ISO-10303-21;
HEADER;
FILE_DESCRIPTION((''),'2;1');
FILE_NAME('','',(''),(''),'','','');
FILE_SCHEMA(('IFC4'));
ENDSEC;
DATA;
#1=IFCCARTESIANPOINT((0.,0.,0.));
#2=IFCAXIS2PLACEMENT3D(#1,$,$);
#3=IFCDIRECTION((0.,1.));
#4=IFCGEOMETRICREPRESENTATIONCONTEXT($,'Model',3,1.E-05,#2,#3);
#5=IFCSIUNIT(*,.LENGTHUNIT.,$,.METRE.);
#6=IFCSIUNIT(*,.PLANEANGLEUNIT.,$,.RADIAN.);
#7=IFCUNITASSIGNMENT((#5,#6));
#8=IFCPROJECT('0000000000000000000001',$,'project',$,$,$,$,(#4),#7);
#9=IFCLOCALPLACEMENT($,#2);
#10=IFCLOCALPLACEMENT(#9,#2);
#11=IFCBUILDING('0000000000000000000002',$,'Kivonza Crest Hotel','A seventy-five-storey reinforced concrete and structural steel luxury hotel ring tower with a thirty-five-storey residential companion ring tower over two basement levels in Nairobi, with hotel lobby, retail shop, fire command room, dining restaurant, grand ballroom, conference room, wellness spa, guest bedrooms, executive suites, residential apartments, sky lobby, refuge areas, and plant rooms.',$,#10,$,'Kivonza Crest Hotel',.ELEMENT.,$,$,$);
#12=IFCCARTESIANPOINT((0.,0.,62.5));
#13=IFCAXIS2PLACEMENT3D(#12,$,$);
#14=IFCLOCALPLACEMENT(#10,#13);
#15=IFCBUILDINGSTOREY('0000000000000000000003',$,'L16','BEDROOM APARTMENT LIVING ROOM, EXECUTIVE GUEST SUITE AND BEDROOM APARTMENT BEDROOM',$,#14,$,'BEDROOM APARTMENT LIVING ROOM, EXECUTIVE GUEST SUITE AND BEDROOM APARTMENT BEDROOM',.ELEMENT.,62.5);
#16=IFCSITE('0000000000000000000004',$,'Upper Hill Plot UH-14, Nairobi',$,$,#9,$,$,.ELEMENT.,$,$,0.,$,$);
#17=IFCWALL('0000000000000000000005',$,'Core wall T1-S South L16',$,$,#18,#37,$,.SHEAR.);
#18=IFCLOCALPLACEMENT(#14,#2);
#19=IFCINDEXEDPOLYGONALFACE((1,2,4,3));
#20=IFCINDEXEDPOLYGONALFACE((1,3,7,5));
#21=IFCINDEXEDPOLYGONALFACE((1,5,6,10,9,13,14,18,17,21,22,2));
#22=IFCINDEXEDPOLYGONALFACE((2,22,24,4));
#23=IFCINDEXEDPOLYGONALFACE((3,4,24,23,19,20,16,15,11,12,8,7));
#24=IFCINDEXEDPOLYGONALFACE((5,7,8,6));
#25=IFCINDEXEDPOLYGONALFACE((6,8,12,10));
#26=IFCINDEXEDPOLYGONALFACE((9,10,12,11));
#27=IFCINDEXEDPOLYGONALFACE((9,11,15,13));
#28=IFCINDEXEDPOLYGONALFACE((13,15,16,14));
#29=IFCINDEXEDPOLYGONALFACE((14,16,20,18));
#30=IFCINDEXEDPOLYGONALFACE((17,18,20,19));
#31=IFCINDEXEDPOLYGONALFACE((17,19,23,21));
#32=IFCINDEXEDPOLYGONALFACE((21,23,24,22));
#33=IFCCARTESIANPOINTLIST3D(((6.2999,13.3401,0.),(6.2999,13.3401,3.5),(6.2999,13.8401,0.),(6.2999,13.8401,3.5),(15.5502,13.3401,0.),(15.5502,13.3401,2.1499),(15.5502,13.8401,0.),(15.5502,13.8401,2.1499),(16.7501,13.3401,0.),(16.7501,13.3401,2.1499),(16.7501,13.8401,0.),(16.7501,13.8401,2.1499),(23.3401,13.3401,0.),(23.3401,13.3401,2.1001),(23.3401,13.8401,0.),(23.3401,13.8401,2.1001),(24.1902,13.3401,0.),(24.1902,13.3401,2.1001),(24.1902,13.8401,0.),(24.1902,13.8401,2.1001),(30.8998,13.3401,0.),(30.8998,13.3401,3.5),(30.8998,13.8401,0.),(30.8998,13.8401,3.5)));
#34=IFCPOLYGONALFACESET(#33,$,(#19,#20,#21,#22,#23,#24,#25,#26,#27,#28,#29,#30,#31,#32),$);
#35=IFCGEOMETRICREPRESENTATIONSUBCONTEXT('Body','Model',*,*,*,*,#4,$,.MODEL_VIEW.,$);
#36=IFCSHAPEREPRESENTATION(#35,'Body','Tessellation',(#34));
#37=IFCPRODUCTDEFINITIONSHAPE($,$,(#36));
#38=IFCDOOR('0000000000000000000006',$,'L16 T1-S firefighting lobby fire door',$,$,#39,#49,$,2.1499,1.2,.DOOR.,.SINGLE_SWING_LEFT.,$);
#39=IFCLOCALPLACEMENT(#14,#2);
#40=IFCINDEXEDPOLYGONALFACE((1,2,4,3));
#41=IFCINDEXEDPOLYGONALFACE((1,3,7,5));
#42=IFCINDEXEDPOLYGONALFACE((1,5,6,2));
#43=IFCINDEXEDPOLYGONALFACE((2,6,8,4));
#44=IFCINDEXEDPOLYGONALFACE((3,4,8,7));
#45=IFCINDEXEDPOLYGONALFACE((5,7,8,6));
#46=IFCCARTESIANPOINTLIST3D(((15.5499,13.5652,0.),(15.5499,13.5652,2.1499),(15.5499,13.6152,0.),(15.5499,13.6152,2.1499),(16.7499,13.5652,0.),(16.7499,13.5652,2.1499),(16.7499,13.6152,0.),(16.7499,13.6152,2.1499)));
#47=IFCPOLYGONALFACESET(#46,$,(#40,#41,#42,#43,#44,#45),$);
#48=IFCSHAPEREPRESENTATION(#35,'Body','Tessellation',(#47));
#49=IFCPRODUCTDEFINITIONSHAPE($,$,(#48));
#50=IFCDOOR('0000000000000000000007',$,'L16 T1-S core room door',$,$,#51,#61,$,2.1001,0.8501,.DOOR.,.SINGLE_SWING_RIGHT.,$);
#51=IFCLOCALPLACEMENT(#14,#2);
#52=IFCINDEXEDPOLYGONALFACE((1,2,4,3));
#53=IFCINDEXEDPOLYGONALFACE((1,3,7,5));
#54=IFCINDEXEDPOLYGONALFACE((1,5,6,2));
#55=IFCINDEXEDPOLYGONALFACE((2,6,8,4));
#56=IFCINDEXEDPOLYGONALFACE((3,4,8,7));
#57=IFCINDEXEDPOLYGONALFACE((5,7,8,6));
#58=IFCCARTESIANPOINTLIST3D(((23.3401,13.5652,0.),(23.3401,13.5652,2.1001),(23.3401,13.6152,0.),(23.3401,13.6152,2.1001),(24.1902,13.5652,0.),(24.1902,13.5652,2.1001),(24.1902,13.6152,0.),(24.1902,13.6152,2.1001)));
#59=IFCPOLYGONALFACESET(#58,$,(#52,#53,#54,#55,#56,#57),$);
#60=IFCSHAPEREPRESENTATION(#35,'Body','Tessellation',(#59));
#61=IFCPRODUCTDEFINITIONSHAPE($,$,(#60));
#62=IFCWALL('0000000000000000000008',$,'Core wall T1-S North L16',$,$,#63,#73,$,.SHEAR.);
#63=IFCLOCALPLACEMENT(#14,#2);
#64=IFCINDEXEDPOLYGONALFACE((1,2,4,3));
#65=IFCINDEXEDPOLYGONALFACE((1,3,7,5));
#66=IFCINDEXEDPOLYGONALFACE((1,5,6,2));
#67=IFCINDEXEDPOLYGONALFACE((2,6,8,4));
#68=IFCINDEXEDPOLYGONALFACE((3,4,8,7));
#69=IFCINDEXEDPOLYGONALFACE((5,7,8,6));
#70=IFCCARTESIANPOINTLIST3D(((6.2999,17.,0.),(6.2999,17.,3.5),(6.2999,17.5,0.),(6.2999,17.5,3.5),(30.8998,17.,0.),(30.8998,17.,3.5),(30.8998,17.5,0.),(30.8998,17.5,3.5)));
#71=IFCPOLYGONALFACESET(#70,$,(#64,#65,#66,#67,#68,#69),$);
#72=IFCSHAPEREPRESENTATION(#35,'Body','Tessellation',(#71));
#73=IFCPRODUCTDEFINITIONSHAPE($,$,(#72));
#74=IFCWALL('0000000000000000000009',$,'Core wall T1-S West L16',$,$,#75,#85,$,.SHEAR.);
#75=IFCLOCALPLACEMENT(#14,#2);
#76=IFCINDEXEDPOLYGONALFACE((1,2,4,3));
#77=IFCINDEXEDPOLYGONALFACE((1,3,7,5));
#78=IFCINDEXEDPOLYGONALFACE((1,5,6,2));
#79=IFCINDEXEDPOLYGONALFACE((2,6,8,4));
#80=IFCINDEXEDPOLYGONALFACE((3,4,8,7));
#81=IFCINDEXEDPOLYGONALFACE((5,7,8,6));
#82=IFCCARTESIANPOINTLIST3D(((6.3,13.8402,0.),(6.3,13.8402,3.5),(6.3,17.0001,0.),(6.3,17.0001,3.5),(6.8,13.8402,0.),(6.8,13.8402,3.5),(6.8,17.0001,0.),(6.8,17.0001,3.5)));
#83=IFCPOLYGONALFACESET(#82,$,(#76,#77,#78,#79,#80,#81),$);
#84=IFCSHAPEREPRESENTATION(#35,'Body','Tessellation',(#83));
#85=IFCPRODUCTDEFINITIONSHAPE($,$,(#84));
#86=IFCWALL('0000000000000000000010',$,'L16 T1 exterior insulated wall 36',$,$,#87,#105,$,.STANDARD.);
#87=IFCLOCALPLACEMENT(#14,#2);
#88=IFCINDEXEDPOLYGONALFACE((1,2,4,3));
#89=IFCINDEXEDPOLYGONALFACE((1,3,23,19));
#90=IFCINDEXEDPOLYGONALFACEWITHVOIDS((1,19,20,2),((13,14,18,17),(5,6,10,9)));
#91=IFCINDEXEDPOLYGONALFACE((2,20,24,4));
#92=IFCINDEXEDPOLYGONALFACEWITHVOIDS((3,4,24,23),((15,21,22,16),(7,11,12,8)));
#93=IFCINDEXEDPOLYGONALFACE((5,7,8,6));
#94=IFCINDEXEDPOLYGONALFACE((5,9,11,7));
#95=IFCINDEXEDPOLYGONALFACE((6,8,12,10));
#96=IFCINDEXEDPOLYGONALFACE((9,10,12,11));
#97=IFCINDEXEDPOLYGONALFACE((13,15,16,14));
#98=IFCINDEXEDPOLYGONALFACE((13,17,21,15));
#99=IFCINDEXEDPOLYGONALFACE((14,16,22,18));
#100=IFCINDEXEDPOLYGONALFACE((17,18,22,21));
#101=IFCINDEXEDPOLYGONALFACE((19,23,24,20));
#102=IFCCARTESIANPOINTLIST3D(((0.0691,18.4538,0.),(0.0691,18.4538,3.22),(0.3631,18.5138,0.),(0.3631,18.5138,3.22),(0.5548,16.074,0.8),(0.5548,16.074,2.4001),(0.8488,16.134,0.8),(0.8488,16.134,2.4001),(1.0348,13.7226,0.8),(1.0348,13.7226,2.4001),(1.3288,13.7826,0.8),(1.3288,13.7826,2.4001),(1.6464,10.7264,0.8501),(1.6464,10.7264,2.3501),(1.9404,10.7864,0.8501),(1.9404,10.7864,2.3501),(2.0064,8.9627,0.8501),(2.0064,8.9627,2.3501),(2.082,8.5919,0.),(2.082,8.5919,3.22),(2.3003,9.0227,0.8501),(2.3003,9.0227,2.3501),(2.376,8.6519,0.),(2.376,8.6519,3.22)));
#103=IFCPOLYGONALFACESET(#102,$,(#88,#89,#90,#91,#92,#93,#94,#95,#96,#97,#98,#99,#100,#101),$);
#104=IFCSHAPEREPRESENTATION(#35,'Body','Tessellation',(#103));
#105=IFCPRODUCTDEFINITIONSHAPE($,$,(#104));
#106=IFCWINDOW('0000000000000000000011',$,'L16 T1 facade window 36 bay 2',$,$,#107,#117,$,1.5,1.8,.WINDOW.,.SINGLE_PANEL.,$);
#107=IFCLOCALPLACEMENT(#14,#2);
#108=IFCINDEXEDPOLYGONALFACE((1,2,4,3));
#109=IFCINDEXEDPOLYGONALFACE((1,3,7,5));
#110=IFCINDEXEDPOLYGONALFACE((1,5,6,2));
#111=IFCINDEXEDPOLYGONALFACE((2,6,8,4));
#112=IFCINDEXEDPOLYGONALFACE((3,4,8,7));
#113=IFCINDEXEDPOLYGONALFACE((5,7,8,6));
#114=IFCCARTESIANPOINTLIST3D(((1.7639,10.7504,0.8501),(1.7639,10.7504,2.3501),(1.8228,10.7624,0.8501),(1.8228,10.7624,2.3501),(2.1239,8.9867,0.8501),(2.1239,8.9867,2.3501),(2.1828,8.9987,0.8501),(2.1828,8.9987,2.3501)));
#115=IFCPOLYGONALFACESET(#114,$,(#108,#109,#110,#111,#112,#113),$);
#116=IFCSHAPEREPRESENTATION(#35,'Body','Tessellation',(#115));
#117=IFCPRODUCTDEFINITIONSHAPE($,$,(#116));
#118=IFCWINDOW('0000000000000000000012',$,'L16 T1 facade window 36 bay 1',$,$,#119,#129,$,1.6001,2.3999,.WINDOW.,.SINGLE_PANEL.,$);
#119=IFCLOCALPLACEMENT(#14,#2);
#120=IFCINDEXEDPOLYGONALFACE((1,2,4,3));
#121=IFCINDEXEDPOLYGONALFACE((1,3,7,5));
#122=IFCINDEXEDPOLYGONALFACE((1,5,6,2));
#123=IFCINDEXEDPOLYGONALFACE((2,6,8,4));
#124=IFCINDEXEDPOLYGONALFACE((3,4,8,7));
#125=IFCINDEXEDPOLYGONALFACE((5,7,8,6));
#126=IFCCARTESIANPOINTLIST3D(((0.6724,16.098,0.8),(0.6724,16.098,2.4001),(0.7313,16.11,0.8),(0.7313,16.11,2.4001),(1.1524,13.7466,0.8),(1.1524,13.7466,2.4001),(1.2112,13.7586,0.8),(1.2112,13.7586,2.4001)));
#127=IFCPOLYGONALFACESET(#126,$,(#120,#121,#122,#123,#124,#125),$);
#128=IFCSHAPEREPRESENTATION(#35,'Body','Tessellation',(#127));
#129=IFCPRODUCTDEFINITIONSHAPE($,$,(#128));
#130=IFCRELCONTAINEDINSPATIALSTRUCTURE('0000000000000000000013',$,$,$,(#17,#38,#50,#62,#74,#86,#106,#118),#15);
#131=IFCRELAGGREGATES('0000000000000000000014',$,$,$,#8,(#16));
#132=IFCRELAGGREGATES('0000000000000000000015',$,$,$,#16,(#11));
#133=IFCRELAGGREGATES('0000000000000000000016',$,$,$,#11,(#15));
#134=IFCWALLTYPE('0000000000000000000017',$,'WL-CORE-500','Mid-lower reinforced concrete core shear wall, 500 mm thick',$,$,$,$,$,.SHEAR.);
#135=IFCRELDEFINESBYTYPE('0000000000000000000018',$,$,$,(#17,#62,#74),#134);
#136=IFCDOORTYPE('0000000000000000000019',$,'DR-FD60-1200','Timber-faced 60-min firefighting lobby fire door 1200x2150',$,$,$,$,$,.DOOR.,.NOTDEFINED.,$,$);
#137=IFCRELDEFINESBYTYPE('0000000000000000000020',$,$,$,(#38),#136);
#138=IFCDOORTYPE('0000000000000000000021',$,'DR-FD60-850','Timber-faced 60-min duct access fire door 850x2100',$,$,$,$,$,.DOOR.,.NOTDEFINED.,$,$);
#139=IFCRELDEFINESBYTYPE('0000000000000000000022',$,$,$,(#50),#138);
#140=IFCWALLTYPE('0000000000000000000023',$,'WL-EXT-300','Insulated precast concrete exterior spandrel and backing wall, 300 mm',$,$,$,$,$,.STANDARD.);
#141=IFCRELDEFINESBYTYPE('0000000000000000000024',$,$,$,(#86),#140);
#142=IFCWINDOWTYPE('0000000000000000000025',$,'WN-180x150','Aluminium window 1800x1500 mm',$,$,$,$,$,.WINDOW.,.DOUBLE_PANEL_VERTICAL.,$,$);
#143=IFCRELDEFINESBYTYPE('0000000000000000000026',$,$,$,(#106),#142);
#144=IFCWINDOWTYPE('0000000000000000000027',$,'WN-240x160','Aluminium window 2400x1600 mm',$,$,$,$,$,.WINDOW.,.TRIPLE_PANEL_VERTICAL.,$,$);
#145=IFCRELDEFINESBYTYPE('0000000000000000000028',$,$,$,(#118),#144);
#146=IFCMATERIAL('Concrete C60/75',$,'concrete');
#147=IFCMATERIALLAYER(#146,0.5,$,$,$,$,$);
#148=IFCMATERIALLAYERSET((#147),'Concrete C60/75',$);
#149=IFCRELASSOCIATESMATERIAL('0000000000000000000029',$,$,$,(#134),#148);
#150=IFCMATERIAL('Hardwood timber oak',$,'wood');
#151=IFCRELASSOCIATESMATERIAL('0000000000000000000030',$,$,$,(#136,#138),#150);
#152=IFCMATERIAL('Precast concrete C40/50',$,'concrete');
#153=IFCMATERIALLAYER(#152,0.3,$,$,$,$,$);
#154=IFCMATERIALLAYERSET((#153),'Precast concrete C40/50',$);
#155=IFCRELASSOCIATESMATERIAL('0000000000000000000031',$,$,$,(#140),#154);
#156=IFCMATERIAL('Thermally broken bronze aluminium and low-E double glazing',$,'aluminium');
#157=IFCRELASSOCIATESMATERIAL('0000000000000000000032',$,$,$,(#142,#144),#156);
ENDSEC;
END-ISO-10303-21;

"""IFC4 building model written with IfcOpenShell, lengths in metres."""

from ifc_helpers import new_model, si_unit, direction, frame, frame_2d, origin, place, context, subcontext, project, spatial, rectangle, extrude, material, layer, layer_set, type_object, element, fill, save


model = new_model("IFC4")

# Units and contexts
model_context = context("Model", 3, precision=1e-05, world=origin(), true_north=direction((0.0, 1.0)))
body_context = subcontext(model_context, "Body", "Model", "MODEL_VIEW")
ifc_project = project(units=[si_unit("LENGTHUNIT", "METRE"), si_unit("PLANEANGLEUNIT", "RADIAN")], contexts=[model_context])

# Site, building, storey
site_placement = place(None, origin())
site = spatial("IfcSite", under=ifc_project, at=site_placement, Name="Upper Hill Plot UH-14, Nairobi", CompositionType="ELEMENT", RefElevation=0.0)
building_placement = place(site_placement, origin())
building = spatial("IfcBuilding", under=site, at=building_placement, Name="Kivonza Crest Hotel", Description="A seventy-five-storey reinforced concrete and structural steel luxury hotel ring tower with a thirty-five-storey residential companion ring tower over two basement levels in Nairobi, with hotel lobby, retail shop, fire command room, dining restaurant, grand ballroom, conference room, wellness spa, guest bedrooms, executive suites, residential apartments, sky lobby, refuge areas, and plant rooms.", LongName="Kivonza Crest Hotel", CompositionType="ELEMENT")
storey_placement = place(building_placement, frame((0.0, 0.0, 62.5)))
storey = spatial("IfcBuildingStorey", under=building, at=storey_placement, Name="L16", Description="BEDROOM APARTMENT LIVING ROOM, EXECUTIVE GUEST SUITE AND BEDROOM APARTMENT BEDROOM", LongName="BEDROOM APARTMENT LIVING ROOM, EXECUTIVE GUEST SUITE AND BEDROOM APARTMENT BEDROOM", CompositionType="ELEMENT", Elevation=62.5)

# Shared definitions
ifc_material_1 = material(Name="Concrete C60/75", Category="concrete")

# Wall, openings, doors
ifc_layer_1 = layer(ifc_material_1, 0.5)
ifc_layer_set_1 = layer_set([ifc_layer_1], Name="Concrete C60/75")
wall_type_1 = type_object("IfcWallType", Name="WL-CORE-500", Description="Mid-lower reinforced concrete core shear wall, 500 mm thick", PredefinedType="SHEAR", material=ifc_layer_set_1)
wall_1_placement = place(storey_placement, frame((6.3, 13.5901, 0.0), z_axis=(0.0, 0.0, 1.0), x_axis=(1.0, 0.0, 0.0)))
wall_1 = element("IfcWall", 1, at=wall_1_placement, inside=storey, type_object=wall_type_1, Name="Core wall T1-S South L16", PredefinedType="SHEAR", context=body_context, shape_type="SweptSolid", body=[
    extrude(rectangle(XDim=24.5999, YDim=0.5, at=frame_2d((12.2998, 0.0))), origin(), (0.0, 0.0, 1.0), 3.5),
])
opening_1_placement = place(wall_1_placement, frame((9.25, 0.0, 0.0)))
opening_1 = element("IfcOpeningElement", 2, at=opening_1_placement, cuts=wall_1, PredefinedType="OPENING", context=body_context, shape_type="SweptSolid", body=[
    extrude(rectangle(XDim=1.2, YDim=2.1499, at=frame_2d((0.6001, 1.075))), frame((0.0, 0.26, 0.0), z_axis=(0.0, -1.0, 0.0), x_axis=(1.0, 0.0, 0.0)), (0.0, 0.0, 1.0), 0.52),
])
opening_2_placement = place(wall_1_placement, frame((17.04, 0.0, 0.0)))
opening_2 = element("IfcOpeningElement", 3, at=opening_2_placement, cuts=wall_1, PredefinedType="OPENING", context=body_context, shape_type="SweptSolid", body=[
    extrude(rectangle(XDim=0.8501, YDim=2.1001, at=frame_2d((0.425, 1.05))), frame((0.0, 0.26, 0.0), z_axis=(0.0, -1.0, 0.0), x_axis=(1.0, 0.0, 0.0)), (0.0, 0.0, 1.0), 0.52),
])
ifc_material_2 = material(Name="Hardwood timber oak", Category="wood")
door_type_1 = type_object("IfcDoorType", Name="DR-FD60-1200", Description="Timber-faced 60-min firefighting lobby fire door 1200x2150", OperationType="NOTDEFINED", PredefinedType="DOOR", material=ifc_material_2)
door_1_placement = place(opening_1_placement, frame((1.2, 0.0, 0.0), z_axis=(0.0, 0.0, 1.0), x_axis=(-1.0, 0.0, 0.0)))
door_1 = element("IfcDoor", 4, at=door_1_placement, inside=storey, type_object=door_type_1, Name="L16 T1-S firefighting lobby fire door", OperationType="SINGLE_SWING_LEFT", OverallHeight=2.1499, OverallWidth=1.2, PredefinedType="DOOR", context=body_context, shape_type="SweptSolid", body=[
    extrude(rectangle(XDim=1.2, YDim=2.1499, at=frame_2d((0.6001, 1.075))), frame((0.0, 0.0249, 0.0), z_axis=(0.0, -1.0, 0.0), x_axis=(1.0, 0.0, 0.0)), (0.0, 0.0, 1.0), 0.05),
])
fill(opening_1, door_1)
door_type_2 = type_object("IfcDoorType", Name="DR-FD60-850", Description="Timber-faced 60-min duct access fire door 850x2100", OperationType="NOTDEFINED", PredefinedType="DOOR", material=ifc_material_2)
door_2_placement = place(opening_2_placement, frame((0.8501, 0.0, 0.0), z_axis=(0.0, 0.0, 1.0), x_axis=(-1.0, 0.0, 0.0)))
door_2 = element("IfcDoor", 5, at=door_2_placement, inside=storey, type_object=door_type_2, Name="L16 T1-S core room door", OperationType="SINGLE_SWING_RIGHT", OverallHeight=2.1001, OverallWidth=0.8501, PredefinedType="DOOR", context=body_context, shape_type="SweptSolid", body=[
    extrude(rectangle(XDim=0.8501, YDim=2.1001, at=frame_2d((0.425, 1.05))), frame((0.0, 0.0249, 0.0), z_axis=(0.0, -1.0, 0.0), x_axis=(1.0, 0.0, 0.0)), (0.0, 0.0, 1.0), 0.05),
])
fill(opening_2, door_2)

# Walls
wall_2_placement = place(storey_placement, frame((6.3, 17.25, 0.0), z_axis=(0.0, 0.0, 1.0), x_axis=(1.0, 0.0, 0.0)))
element("IfcWall", 6, at=wall_2_placement, inside=storey, type_object=wall_type_1, Name="Core wall T1-S North L16", PredefinedType="SHEAR", context=body_context, shape_type="SweptSolid", body=[
    extrude(rectangle(XDim=24.5999, YDim=0.5, at=frame_2d((12.2998, 0.0))), origin(), (0.0, 0.0, 1.0), 3.5),
])
wall_3_placement = place(storey_placement, frame((6.55, 13.8401, 0.0), z_axis=(0.0, 0.0, 1.0), x_axis=(0.0, 1.0, 0.0)))
element("IfcWall", 7, at=wall_3_placement, inside=storey, type_object=wall_type_1, Name="Core wall T1-S West L16", PredefinedType="SHEAR", context=body_context, shape_type="SweptSolid", body=[
    extrude(rectangle(XDim=3.1599, YDim=0.5, at=frame_2d((1.5801, 0.0))), origin(), (0.0, 0.0, 1.0), 3.5),
])

# Wall, openings, windows
ifc_material_3 = material(Name="Precast concrete C40/50", Category="concrete")
ifc_layer_2 = layer(ifc_material_3, 0.3)
ifc_layer_set_2 = layer_set([ifc_layer_2], Name="Precast concrete C40/50")
wall_type_2 = type_object("IfcWallType", Name="WL-EXT-300", Description="Insulated precast concrete exterior spandrel and backing wall, 300 mm", PredefinedType="STANDARD", material=ifc_layer_set_2)
wall_4_placement = place(storey_placement, frame((0.2161, 18.4839, 0.0), z_axis=(0.0, 0.0, 1.0), x_axis=(0.199991, -0.979798, 0.0)))
wall_4 = element("IfcWall", 8, at=wall_4_placement, inside=storey, type_object=wall_type_2, Name="L16 T1 exterior insulated wall 36", PredefinedType="STANDARD", context=body_context, shape_type="SweptSolid", body=[
    extrude(rectangle(XDim=10.0652, YDim=0.3, at=frame_2d((5.0327, 0.0))), origin(), (0.0, 0.0, 1.0), 3.22),
])
opening_3_placement = place(wall_4_placement, frame((2.429, 0.0, 0.8)))
opening_3 = element("IfcOpeningElement", 9, at=opening_3_placement, cuts=wall_4, PredefinedType="OPENING", context=body_context, shape_type="SweptSolid", body=[
    extrude(rectangle(XDim=2.3999, YDim=1.6001, at=frame_2d((1.2, 0.8))), frame((0.0, 0.1602, 0.0), z_axis=(0.0, -1.0, 0.0), x_axis=(1.0, 0.0, 0.0)), (0.0, 0.0, 1.0), 0.3201),
])
opening_4_placement = place(wall_4_placement, frame((7.887, 0.0, 0.8501)))
opening_4 = element("IfcOpeningElement", 10, at=opening_4_placement, cuts=wall_4, PredefinedType="OPENING", context=body_context, shape_type="SweptSolid", body=[
    extrude(rectangle(XDim=1.8, YDim=1.5, at=frame_2d((0.8999, 0.75))), frame((0.0, 0.1602, 0.0), z_axis=(0.0, -1.0, 0.0), x_axis=(1.0, 0.0, 0.0)), (0.0, 0.0, 1.0), 0.3201),
])
ifc_material_4 = material(Name="Thermally broken bronze aluminium and low-E double glazing", Category="aluminium")
window_type_1 = type_object("IfcWindowType", Name="WN-180x150", Description="Aluminium window 1800x1500 mm", PartitioningType="DOUBLE_PANEL_VERTICAL", PredefinedType="WINDOW", material=ifc_material_4)
window_1_placement = place(opening_4_placement, origin())
window_1 = element("IfcWindow", 11, at=window_1_placement, inside=storey, type_object=window_type_1, Name="L16 T1 facade window 36 bay 2", OverallHeight=1.5, OverallWidth=1.8, PartitioningType="SINGLE_PANEL", PredefinedType="WINDOW", context=body_context, shape_type="SweptSolid", body=[
    extrude(rectangle(XDim=1.8, YDim=1.5, at=frame_2d((0.8999, 0.75))), frame((0.0, 0.03, 0.0), z_axis=(0.0, -1.0, 0.0), x_axis=(1.0, 0.0, 0.0)), (0.0, 0.0, 1.0), 0.0601),
])
fill(opening_4, window_1)
window_type_2 = type_object("IfcWindowType", Name="WN-240x160", Description="Aluminium window 2400x1600 mm", PartitioningType="TRIPLE_PANEL_VERTICAL", PredefinedType="WINDOW", material=ifc_material_4)
window_2_placement = place(opening_3_placement, origin())
window_2 = element("IfcWindow", 12, at=window_2_placement, inside=storey, type_object=window_type_2, Name="L16 T1 facade window 36 bay 1", OverallHeight=1.6001, OverallWidth=2.3999, PartitioningType="SINGLE_PANEL", PredefinedType="WINDOW", context=body_context, shape_type="SweptSolid", body=[
    extrude(rectangle(XDim=2.3999, YDim=1.6001, at=frame_2d((1.2, 0.8))), frame((0.0, 0.03, 0.0), z_axis=(0.0, -1.0, 0.0), x_axis=(1.0, 0.0, 0.0)), (0.0, 0.0, 1.0), 0.0601),
])
fill(opening_3, window_2)

save(model, "model.ifc")
